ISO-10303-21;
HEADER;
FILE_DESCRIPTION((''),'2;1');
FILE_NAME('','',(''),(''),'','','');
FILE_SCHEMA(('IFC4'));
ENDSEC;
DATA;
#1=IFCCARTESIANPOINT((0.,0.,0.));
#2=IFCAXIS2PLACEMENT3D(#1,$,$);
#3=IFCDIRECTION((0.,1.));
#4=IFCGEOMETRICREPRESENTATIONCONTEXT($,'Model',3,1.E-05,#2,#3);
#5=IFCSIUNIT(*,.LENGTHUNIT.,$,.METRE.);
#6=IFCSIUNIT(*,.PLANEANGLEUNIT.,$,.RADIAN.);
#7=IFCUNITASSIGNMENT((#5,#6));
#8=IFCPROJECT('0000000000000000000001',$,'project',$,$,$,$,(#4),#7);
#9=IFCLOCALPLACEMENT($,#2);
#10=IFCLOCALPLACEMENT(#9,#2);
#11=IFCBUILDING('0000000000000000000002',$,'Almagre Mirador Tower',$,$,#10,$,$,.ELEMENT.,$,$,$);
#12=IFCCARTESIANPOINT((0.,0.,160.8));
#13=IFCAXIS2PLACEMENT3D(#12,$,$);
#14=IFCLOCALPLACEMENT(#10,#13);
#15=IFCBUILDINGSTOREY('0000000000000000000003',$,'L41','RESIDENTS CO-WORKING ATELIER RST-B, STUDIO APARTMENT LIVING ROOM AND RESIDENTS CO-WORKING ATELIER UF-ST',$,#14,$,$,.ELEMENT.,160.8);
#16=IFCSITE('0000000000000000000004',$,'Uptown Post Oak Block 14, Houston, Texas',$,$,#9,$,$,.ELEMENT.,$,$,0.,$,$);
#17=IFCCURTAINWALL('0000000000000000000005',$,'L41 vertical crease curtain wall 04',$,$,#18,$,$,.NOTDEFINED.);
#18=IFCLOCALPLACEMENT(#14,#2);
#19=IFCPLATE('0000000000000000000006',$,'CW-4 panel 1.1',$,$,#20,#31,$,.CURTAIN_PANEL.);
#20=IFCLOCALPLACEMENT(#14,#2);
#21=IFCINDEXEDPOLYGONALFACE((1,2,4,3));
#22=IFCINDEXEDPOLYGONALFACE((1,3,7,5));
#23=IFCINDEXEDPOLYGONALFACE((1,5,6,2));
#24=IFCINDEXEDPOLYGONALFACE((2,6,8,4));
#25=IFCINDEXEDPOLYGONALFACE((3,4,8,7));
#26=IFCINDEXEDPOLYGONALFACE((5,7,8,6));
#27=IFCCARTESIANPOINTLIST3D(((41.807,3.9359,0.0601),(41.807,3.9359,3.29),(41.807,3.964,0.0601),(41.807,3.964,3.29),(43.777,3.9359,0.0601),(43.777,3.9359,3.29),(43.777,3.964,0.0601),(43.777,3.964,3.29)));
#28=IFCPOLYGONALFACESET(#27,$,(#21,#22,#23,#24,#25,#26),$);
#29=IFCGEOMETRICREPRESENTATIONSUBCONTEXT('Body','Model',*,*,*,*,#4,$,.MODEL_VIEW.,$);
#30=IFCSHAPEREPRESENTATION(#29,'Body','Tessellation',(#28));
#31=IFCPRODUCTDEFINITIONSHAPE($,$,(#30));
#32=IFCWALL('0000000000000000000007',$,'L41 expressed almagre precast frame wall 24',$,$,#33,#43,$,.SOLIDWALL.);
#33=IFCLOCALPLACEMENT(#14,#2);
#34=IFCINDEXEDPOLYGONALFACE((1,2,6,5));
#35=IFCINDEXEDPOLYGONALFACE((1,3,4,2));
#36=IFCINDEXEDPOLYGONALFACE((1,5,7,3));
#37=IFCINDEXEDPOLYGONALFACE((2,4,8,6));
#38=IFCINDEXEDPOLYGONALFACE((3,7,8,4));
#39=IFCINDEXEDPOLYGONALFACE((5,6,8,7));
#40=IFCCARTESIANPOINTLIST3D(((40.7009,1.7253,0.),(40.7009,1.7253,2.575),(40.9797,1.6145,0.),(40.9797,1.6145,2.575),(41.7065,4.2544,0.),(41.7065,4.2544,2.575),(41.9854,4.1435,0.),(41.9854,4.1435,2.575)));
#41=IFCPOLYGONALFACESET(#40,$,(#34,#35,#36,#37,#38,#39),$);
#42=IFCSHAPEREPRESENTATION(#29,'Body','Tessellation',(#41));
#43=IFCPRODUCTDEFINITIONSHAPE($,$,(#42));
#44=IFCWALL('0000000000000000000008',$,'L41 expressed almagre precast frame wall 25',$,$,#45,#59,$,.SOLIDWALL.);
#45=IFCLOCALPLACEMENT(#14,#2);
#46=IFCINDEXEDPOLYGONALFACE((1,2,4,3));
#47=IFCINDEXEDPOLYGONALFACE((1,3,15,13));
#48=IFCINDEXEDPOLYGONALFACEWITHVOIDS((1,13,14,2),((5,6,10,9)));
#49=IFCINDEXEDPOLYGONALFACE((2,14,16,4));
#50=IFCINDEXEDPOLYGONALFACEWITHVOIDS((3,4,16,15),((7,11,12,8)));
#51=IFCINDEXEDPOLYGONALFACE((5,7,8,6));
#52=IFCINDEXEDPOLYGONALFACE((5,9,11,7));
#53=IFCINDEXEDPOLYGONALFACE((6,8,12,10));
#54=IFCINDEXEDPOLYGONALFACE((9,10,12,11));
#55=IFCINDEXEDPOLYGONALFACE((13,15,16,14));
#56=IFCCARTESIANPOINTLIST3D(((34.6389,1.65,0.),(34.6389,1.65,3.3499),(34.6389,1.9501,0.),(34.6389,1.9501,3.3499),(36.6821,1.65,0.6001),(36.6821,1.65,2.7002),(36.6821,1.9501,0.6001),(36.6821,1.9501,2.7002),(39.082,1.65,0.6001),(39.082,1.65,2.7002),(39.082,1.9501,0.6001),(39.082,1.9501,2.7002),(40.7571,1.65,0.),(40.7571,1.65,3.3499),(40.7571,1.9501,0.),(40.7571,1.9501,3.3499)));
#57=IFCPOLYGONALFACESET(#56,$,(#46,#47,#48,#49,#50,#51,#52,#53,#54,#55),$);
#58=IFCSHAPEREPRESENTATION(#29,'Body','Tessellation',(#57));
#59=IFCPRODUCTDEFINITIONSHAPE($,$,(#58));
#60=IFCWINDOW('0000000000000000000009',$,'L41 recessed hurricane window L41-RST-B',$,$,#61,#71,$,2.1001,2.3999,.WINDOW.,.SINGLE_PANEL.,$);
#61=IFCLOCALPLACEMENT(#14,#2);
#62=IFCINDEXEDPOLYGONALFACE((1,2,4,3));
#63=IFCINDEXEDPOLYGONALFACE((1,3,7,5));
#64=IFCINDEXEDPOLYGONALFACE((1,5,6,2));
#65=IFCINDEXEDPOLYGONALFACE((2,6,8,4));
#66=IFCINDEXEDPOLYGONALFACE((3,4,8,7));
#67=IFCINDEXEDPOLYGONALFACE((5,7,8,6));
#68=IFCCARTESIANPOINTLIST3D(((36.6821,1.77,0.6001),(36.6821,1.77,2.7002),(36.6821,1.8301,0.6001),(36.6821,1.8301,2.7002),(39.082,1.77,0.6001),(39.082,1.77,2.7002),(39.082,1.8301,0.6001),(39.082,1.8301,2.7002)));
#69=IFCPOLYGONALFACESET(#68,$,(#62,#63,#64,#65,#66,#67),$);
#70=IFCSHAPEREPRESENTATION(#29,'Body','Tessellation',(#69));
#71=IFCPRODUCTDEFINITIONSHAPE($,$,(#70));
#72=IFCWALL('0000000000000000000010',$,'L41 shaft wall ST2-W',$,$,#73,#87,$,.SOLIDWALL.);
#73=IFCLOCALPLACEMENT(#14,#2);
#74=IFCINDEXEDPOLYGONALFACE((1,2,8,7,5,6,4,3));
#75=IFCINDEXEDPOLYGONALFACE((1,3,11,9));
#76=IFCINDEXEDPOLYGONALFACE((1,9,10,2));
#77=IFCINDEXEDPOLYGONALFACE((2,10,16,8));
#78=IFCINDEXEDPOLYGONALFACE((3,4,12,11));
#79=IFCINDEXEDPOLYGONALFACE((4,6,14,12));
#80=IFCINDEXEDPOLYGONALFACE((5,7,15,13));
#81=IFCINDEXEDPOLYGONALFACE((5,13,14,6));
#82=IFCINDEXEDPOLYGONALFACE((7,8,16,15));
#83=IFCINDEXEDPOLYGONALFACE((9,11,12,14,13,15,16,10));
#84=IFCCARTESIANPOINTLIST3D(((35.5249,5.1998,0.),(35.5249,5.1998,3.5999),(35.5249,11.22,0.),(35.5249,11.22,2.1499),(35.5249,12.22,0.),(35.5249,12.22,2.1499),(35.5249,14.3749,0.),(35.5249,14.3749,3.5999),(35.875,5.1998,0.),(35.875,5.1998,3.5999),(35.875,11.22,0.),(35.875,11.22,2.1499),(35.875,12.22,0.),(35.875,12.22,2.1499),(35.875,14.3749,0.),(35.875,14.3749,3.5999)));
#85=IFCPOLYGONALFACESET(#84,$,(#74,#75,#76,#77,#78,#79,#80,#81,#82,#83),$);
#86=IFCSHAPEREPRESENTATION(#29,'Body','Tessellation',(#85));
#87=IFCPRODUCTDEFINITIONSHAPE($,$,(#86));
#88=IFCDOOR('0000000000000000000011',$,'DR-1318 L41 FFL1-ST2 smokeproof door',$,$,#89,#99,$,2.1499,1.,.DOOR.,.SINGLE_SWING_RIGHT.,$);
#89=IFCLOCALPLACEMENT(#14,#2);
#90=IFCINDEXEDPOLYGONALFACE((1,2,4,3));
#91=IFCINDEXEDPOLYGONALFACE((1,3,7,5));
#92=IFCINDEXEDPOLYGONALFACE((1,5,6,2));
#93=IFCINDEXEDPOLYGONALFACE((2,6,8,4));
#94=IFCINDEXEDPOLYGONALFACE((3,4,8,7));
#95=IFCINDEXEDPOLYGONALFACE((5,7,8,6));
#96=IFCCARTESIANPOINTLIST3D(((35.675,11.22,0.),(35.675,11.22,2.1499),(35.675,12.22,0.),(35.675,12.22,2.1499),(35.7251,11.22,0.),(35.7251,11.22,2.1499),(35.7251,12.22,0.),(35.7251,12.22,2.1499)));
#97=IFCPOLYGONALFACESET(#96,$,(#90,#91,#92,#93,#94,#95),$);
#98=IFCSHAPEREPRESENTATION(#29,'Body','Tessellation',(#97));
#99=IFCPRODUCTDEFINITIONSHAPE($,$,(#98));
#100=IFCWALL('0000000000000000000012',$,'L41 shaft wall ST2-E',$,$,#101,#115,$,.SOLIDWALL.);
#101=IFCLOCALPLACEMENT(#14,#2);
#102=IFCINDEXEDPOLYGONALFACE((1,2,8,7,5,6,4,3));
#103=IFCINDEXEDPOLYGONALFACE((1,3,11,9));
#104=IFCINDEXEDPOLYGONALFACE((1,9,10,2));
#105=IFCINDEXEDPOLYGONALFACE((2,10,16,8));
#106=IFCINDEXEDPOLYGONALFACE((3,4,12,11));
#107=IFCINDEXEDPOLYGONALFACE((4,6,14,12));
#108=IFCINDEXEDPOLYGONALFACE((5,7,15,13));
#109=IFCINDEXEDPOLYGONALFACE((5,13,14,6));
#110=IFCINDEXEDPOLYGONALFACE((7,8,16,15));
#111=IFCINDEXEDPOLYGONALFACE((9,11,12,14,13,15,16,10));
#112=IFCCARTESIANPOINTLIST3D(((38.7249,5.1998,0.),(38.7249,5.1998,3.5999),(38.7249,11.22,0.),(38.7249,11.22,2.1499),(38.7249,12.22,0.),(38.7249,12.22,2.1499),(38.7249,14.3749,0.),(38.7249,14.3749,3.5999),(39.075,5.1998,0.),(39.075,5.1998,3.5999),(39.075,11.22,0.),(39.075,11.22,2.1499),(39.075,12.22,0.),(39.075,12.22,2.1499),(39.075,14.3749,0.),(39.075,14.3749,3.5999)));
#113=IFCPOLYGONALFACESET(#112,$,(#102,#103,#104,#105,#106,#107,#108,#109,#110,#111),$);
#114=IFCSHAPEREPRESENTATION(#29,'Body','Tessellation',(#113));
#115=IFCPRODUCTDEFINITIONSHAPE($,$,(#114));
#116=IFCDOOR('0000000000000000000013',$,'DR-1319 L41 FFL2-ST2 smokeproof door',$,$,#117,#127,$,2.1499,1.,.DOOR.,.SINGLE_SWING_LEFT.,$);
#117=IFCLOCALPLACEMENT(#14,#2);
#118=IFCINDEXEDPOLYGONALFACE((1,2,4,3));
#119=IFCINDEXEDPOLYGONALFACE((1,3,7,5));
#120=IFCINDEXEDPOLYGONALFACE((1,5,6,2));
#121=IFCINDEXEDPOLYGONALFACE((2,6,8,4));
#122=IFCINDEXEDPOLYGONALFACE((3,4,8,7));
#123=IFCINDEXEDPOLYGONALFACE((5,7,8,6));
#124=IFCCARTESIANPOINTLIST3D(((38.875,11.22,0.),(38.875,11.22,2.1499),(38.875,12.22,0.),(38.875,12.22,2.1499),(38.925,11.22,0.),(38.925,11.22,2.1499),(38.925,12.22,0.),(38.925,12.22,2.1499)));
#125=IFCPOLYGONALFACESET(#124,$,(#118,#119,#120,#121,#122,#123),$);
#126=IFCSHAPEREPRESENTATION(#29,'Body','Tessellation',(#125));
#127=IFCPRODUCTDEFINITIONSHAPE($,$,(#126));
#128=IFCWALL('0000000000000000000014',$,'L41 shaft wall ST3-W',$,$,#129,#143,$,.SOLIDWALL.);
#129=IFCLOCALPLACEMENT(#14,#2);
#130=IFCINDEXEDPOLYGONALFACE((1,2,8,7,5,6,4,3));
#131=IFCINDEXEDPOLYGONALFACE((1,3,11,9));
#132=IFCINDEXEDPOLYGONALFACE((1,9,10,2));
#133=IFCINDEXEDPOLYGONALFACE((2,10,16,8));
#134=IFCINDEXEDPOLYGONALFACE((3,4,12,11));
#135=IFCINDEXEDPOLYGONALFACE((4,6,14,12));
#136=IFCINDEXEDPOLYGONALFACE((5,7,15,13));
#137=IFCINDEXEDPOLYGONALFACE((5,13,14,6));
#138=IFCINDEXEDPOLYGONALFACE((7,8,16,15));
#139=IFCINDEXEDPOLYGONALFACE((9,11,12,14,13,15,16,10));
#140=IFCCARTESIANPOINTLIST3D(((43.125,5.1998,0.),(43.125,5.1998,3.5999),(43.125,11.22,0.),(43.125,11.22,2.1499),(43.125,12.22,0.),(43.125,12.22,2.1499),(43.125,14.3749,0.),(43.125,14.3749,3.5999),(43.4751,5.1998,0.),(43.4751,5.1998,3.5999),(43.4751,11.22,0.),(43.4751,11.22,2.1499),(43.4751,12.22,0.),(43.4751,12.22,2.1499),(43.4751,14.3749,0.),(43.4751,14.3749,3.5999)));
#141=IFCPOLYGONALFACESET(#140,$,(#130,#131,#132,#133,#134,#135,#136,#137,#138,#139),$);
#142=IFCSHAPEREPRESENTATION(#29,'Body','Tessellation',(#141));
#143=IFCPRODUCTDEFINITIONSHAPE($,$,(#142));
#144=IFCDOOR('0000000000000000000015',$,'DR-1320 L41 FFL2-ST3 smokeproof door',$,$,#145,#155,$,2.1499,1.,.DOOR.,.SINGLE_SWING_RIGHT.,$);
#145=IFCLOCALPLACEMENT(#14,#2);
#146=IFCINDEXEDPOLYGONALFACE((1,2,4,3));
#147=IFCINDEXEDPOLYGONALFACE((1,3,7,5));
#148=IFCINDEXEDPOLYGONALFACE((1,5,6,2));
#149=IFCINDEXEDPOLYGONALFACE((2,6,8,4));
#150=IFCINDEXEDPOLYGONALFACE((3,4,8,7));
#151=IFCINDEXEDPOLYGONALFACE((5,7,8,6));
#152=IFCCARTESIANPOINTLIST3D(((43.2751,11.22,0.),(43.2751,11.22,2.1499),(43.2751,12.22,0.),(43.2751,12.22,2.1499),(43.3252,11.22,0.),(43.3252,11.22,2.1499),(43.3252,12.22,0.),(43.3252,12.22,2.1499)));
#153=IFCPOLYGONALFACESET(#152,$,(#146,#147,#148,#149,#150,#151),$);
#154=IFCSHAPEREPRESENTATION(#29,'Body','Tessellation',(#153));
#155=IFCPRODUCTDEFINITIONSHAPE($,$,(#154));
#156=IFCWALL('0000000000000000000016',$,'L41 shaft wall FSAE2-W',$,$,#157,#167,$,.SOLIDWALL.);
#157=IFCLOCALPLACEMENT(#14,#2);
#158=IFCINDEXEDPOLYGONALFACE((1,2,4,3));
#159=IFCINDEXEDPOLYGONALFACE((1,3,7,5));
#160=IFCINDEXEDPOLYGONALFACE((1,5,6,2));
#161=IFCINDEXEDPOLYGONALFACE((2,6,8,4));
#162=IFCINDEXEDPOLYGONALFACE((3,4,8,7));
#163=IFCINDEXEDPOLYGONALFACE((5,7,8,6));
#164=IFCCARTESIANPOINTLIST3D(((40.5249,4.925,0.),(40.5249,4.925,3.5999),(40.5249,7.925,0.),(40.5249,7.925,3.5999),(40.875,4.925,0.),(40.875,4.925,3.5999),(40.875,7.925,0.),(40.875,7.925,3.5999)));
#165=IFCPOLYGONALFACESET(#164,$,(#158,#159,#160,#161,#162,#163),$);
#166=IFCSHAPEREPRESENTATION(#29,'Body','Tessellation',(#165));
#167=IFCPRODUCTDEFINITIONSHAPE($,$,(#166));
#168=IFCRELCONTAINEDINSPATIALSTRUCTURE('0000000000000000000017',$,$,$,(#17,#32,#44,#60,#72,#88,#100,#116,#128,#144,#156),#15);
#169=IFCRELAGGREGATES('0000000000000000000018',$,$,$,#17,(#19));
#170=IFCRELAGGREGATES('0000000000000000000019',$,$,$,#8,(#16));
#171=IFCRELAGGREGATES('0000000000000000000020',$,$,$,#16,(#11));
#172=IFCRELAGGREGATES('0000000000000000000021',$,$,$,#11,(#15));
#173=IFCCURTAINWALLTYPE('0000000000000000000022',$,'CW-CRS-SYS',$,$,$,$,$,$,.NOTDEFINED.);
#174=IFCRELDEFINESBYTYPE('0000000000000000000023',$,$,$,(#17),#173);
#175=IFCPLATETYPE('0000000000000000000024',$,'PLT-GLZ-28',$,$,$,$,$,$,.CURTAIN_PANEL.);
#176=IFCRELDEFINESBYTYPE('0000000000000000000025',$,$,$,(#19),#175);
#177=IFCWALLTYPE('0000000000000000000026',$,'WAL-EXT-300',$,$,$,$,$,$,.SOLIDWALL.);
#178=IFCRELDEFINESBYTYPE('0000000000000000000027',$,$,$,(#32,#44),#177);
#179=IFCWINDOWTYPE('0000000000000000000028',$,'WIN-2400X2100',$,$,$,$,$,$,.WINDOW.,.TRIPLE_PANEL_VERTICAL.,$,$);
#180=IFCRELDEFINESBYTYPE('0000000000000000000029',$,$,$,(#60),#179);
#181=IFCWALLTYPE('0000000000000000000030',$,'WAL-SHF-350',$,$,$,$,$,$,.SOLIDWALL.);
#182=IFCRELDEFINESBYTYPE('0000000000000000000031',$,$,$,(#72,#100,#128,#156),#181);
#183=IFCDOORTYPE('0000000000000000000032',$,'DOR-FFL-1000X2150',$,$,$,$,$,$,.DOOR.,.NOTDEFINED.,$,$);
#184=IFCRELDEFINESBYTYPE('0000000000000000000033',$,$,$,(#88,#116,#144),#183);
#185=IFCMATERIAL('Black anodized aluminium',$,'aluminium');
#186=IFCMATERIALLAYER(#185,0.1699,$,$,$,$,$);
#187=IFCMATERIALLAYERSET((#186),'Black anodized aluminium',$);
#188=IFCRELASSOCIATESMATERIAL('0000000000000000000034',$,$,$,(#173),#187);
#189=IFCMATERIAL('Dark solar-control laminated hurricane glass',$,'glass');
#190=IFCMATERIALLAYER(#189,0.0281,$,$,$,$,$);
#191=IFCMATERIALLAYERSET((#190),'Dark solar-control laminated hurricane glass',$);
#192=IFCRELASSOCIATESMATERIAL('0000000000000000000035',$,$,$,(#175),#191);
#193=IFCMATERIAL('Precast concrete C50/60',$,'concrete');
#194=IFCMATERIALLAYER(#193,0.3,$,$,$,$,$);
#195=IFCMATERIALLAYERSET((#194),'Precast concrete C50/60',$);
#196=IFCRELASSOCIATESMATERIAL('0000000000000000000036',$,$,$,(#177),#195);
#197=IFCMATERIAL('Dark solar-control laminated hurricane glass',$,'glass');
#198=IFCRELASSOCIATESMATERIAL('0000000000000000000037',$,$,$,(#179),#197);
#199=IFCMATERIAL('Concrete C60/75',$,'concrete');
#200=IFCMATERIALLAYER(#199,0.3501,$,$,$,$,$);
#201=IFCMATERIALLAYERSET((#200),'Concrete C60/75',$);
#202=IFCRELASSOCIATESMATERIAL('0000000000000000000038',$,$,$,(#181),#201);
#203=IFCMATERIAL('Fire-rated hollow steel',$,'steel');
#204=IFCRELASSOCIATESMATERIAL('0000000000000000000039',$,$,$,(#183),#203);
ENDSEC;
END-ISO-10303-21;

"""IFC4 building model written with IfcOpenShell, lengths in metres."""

from ifc_helpers import new_model, si_unit, direction, frame, frame_2d, origin, origin_2d, place, context, subcontext, project, spatial, rectangle, extrude, material, layer, layer_set, type_object, element, fill, aggregate, save


model = new_model("IFC4")

# Units and contexts
model_context = context("Model", 3, precision=1e-05, world=origin(), true_north=direction((0.0, 1.0)))
body_context = subcontext(model_context, "Body", "Model", "MODEL_VIEW")
ifc_project = project(units=[si_unit("LENGTHUNIT", "METRE"), si_unit("PLANEANGLEUNIT", "RADIAN")], contexts=[model_context])

# Site, building, storey
site_placement = place(None, origin())
site = spatial("IfcSite", under=ifc_project, at=site_placement, Name="Uptown Post Oak Block 14, Houston, Texas", CompositionType="ELEMENT", RefElevation=0.0)
building_placement = place(site_placement, origin())
building = spatial("IfcBuilding", under=site, at=building_placement, Name="Almagre Mirador Tower", CompositionType="ELEMENT")
storey_placement = place(building_placement, frame((0.0, 0.0, 160.8)))
storey = spatial("IfcBuildingStorey", under=building, at=storey_placement, Name="L41", Description="RESIDENTS CO-WORKING ATELIER RST-B, STUDIO APARTMENT LIVING ROOM AND RESIDENTS CO-WORKING ATELIER UF-ST", CompositionType="ELEMENT", Elevation=160.8)

# Curtain wall, plate
ifc_material_1 = material(Name="Black anodized aluminium", Category="aluminium")
ifc_layer_1 = layer(ifc_material_1, 0.1699)
ifc_layer_set_1 = layer_set([ifc_layer_1], Name="Black anodized aluminium")
curtain_wall_type = type_object("IfcCurtainWallType", Name="CW-CRS-SYS", PredefinedType="NOTDEFINED", material=ifc_layer_set_1)
curtain_wall_placement = place(storey_placement, origin())
curtain_wall = element("IfcCurtainWall", 1, at=curtain_wall_placement, inside=storey, type_object=curtain_wall_type, Name="L41 vertical crease curtain wall 04", PredefinedType="NOTDEFINED")
ifc_material_2 = material(Name="Dark solar-control laminated hurricane glass", Category="glass")
ifc_layer_2 = layer(ifc_material_2, 0.0281)
ifc_layer_set_2 = layer_set([ifc_layer_2], Name="Dark solar-control laminated hurricane glass")
plate_type = type_object("IfcPlateType", Name="PLT-GLZ-28", PredefinedType="CURTAIN_PANEL", material=ifc_layer_set_2)
plate_placement = place(storey_placement, frame((42.792, 3.95, 0.0601), z_axis=(0.0, 0.0, 1.0), x_axis=(-1.0, 0.0, 0.0)))
plate = element("IfcPlate", 2, at=plate_placement, type_object=plate_type, Name="CW-4 panel 1.1", PredefinedType="CURTAIN_PANEL", context=body_context, shape_type="SweptSolid", body=[
    extrude(rectangle(XDim=1.97, YDim=0.0281, at=origin_2d()), origin(), (0.0, 0.0, 1.0), 3.23),
])
aggregate(curtain_wall, [plate])

# Wall
ifc_material_3 = material(Name="Precast concrete C50/60", Category="concrete")
ifc_layer_3 = layer(ifc_material_3, 0.3)
ifc_layer_set_3 = layer_set([ifc_layer_3], Name="Precast concrete C50/60")
wall_type_1 = type_object("IfcWallType", Name="WAL-EXT-300", PredefinedType="SOLIDWALL", material=ifc_layer_set_3)
wall_1_placement = place(storey_placement, frame((41.8459, 4.199, 0.0), z_axis=(0.0, 0.0, 1.0), x_axis=(-0.369488, -0.929236, 0.0)))
element("IfcWall", 3, at=wall_1_placement, inside=storey, type_object=wall_type_1, Name="L41 expressed almagre precast frame wall 24", PredefinedType="SOLIDWALL", context=body_context, shape_type="SweptSolid", body=[
    extrude(rectangle(XDim=2.7217, YDim=0.3, at=frame_2d((1.3608, 0.0))), origin(), (0.0, 0.0, 1.0), 2.575),
])

# Wall, opening, window
wall_2_placement = place(storey_placement, frame((40.7571, 1.8, 0.0), z_axis=(0.0, 0.0, 1.0), x_axis=(-1.0, 0.0, 0.0)))
wall_2 = element("IfcWall", 4, at=wall_2_placement, inside=storey, type_object=wall_type_1, Name="L41 expressed almagre precast frame wall 25", PredefinedType="SOLIDWALL", context=body_context, shape_type="SweptSolid", body=[
    extrude(rectangle(XDim=6.1182, YDim=0.3, at=frame_2d((3.0591, 0.0))), origin(), (0.0, 0.0, 1.0), 3.3499),
])
opening_1_placement = place(wall_2_placement, frame((1.675, 0.0, 0.6001)))
opening_1 = element("IfcOpeningElement", 5, at=opening_1_placement, cuts=wall_2, PredefinedType="OPENING", context=body_context, shape_type="SweptSolid", body=[
    extrude(rectangle(XDim=2.3999, YDim=2.1001, at=frame_2d((1.2, 1.05))), frame((0.0, 0.1599, 0.0), z_axis=(0.0, -1.0, 0.0), x_axis=(1.0, 0.0, 0.0)), (0.0, 0.0, 1.0), 0.32),
])
ifc_material_4 = material(Name="Dark solar-control laminated hurricane glass", Category="glass")
window_type = type_object("IfcWindowType", Name="WIN-2400X2100", PartitioningType="TRIPLE_PANEL_VERTICAL", PredefinedType="WINDOW", material=ifc_material_4)
window_placement = place(opening_1_placement, origin())
window = element("IfcWindow", 6, at=window_placement, inside=storey, type_object=window_type, Name="L41 recessed hurricane window L41-RST-B", OverallHeight=2.1001, OverallWidth=2.3999, PartitioningType="SINGLE_PANEL", PredefinedType="WINDOW", context=body_context, shape_type="SweptSolid", body=[
    extrude(rectangle(XDim=2.3999, YDim=2.1001, at=frame_2d((1.2, 1.05))), frame((0.0, 0.03, 0.0), z_axis=(0.0, -1.0, 0.0), x_axis=(1.0, 0.0, 0.0)), (0.0, 0.0, 1.0), 0.0601),
])
fill(opening_1, window)

# Walls, openings, doors
ifc_material_5 = material(Name="Concrete C60/75", Category="concrete")
ifc_layer_4 = layer(ifc_material_5, 0.3501)
ifc_layer_set_4 = layer_set([ifc_layer_4], Name="Concrete C60/75")
wall_type_2 = type_object("IfcWallType", Name="WAL-SHF-350", PredefinedType="SOLIDWALL", material=ifc_layer_set_4)
wall_3_placement = place(storey_placement, frame((35.7, 5.2, 0.0), z_axis=(0.0, 0.0, 1.0), x_axis=(0.0, 1.0, 0.0)))
wall_3 = element("IfcWall", 7, at=wall_3_placement, inside=storey, type_object=wall_type_2, Name="L41 shaft wall ST2-W", PredefinedType="SOLIDWALL", context=body_context, shape_type="SweptSolid", body=[
    extrude(rectangle(XDim=9.175, YDim=0.3501, at=frame_2d((4.5874, 0.0))), origin(), (0.0, 0.0, 1.0), 3.5999),
])
opening_2_placement = place(wall_3_placement, frame((6.02, 0.0, 0.0)))
opening_2 = element("IfcOpeningElement", 8, at=opening_2_placement, cuts=wall_3, PredefinedType="OPENING", context=body_context, shape_type="SweptSolid", body=[
    extrude(rectangle(XDim=1.0, YDim=2.1499, at=frame_2d((0.5, 1.075))), frame((0.0, 0.185, 0.0), z_axis=(0.0, -1.0, 0.0), x_axis=(1.0, 0.0, 0.0)), (0.0, 0.0, 1.0), 0.3701),
])
ifc_material_6 = material(Name="Fire-rated hollow steel", Category="steel")
door_type = type_object("IfcDoorType", Name="DOR-FFL-1000X2150", OperationType="NOTDEFINED", PredefinedType="DOOR", material=ifc_material_6)
door_1_placement = place(opening_2_placement, origin())
door_1 = element("IfcDoor", 9, at=door_1_placement, inside=storey, type_object=door_type, Name="DR-1318 L41 FFL1-ST2 smokeproof door", OperationType="SINGLE_SWING_RIGHT", OverallHeight=2.1499, OverallWidth=1.0, PredefinedType="DOOR", context=body_context, shape_type="SweptSolid", body=[
    extrude(rectangle(XDim=1.0, YDim=2.1499, at=frame_2d((0.5, 1.075))), frame((0.0, 0.0249, 0.0), z_axis=(0.0, -1.0, 0.0), x_axis=(1.0, 0.0, 0.0)), (0.0, 0.0, 1.0), 0.05),
])
fill(opening_2, door_1)
wall_4_placement = place(storey_placement, frame((38.8999, 5.2, 0.0), z_axis=(0.0, 0.0, 1.0), x_axis=(0.0, 1.0, 0.0)))
wall_4 = element("IfcWall", 10, at=wall_4_placement, inside=storey, type_object=wall_type_2, Name="L41 shaft wall ST2-E", PredefinedType="SOLIDWALL", context=body_context, shape_type="SweptSolid", body=[
    extrude(rectangle(XDim=9.175, YDim=0.3501, at=frame_2d((4.5874, 0.0))), origin(), (0.0, 0.0, 1.0), 3.5999),
])
opening_3_placement = place(wall_4_placement, frame((6.02, 0.0, 0.0)))
opening_3 = element("IfcOpeningElement", 11, at=opening_3_placement, cuts=wall_4, PredefinedType="OPENING", context=body_context, shape_type="SweptSolid", body=[
    extrude(rectangle(XDim=1.0, YDim=2.1499, at=frame_2d((0.5, 1.075))), frame((0.0, 0.185, 0.0), z_axis=(0.0, -1.0, 0.0), x_axis=(1.0, 0.0, 0.0)), (0.0, 0.0, 1.0), 0.3701),
])
door_2_placement = place(opening_3_placement, origin())
door_2 = element("IfcDoor", 12, at=door_2_placement, inside=storey, type_object=door_type, Name="DR-1319 L41 FFL2-ST2 smokeproof door", OperationType="SINGLE_SWING_LEFT", OverallHeight=2.1499, OverallWidth=1.0, PredefinedType="DOOR", context=body_context, shape_type="SweptSolid", body=[
    extrude(rectangle(XDim=1.0, YDim=2.1499, at=frame_2d((0.5, 1.075))), frame((0.0, 0.0249, 0.0), z_axis=(0.0, -1.0, 0.0), x_axis=(1.0, 0.0, 0.0)), (0.0, 0.0, 1.0), 0.05),
])
fill(opening_3, door_2)
wall_5_placement = place(storey_placement, frame((43.3, 5.2, 0.0), z_axis=(0.0, 0.0, 1.0), x_axis=(0.0, 1.0, 0.0)))
wall_5 = element("IfcWall", 13, at=wall_5_placement, inside=storey, type_object=wall_type_2, Name="L41 shaft wall ST3-W", PredefinedType="SOLIDWALL", context=body_context, shape_type="SweptSolid", body=[
    extrude(rectangle(XDim=9.175, YDim=0.3501, at=frame_2d((4.5874, 0.0))), origin(), (0.0, 0.0, 1.0), 3.5999),
])
opening_4_placement = place(wall_5_placement, frame((6.02, 0.0, 0.0)))
opening_4 = element("IfcOpeningElement", 14, at=opening_4_placement, cuts=wall_5, PredefinedType="OPENING", context=body_context, shape_type="SweptSolid", body=[
    extrude(rectangle(XDim=1.0, YDim=2.1499, at=frame_2d((0.5, 1.075))), frame((0.0, 0.185, 0.0), z_axis=(0.0, -1.0, 0.0), x_axis=(1.0, 0.0, 0.0)), (0.0, 0.0, 1.0), 0.3701),
])
door_3_placement = place(opening_4_placement, origin())
door_3 = element("IfcDoor", 15, at=door_3_placement, inside=storey, type_object=door_type, Name="DR-1320 L41 FFL2-ST3 smokeproof door", OperationType="SINGLE_SWING_RIGHT", OverallHeight=2.1499, OverallWidth=1.0, PredefinedType="DOOR", context=body_context, shape_type="SweptSolid", body=[
    extrude(rectangle(XDim=1.0, YDim=2.1499, at=frame_2d((0.5, 1.075))), frame((0.0, 0.0249, 0.0), z_axis=(0.0, -1.0, 0.0), x_axis=(1.0, 0.0, 0.0)), (0.0, 0.0, 1.0), 0.05),
])
fill(opening_4, door_3)

# Wall
wall_6_placement = place(storey_placement, frame((40.7, 4.925, 0.0), z_axis=(0.0, 0.0, 1.0), x_axis=(0.0, 1.0, 0.0)))
element("IfcWall", 16, at=wall_6_placement, inside=storey, type_object=wall_type_2, Name="L41 shaft wall FSAE2-W", PredefinedType="SOLIDWALL", context=body_context, shape_type="SweptSolid", body=[
    extrude(rectangle(XDim=3.0, YDim=0.3501, at=frame_2d((1.5, 0.0))), origin(), (0.0, 0.0, 1.0), 3.5999),
])

save(model, "model.ifc")
